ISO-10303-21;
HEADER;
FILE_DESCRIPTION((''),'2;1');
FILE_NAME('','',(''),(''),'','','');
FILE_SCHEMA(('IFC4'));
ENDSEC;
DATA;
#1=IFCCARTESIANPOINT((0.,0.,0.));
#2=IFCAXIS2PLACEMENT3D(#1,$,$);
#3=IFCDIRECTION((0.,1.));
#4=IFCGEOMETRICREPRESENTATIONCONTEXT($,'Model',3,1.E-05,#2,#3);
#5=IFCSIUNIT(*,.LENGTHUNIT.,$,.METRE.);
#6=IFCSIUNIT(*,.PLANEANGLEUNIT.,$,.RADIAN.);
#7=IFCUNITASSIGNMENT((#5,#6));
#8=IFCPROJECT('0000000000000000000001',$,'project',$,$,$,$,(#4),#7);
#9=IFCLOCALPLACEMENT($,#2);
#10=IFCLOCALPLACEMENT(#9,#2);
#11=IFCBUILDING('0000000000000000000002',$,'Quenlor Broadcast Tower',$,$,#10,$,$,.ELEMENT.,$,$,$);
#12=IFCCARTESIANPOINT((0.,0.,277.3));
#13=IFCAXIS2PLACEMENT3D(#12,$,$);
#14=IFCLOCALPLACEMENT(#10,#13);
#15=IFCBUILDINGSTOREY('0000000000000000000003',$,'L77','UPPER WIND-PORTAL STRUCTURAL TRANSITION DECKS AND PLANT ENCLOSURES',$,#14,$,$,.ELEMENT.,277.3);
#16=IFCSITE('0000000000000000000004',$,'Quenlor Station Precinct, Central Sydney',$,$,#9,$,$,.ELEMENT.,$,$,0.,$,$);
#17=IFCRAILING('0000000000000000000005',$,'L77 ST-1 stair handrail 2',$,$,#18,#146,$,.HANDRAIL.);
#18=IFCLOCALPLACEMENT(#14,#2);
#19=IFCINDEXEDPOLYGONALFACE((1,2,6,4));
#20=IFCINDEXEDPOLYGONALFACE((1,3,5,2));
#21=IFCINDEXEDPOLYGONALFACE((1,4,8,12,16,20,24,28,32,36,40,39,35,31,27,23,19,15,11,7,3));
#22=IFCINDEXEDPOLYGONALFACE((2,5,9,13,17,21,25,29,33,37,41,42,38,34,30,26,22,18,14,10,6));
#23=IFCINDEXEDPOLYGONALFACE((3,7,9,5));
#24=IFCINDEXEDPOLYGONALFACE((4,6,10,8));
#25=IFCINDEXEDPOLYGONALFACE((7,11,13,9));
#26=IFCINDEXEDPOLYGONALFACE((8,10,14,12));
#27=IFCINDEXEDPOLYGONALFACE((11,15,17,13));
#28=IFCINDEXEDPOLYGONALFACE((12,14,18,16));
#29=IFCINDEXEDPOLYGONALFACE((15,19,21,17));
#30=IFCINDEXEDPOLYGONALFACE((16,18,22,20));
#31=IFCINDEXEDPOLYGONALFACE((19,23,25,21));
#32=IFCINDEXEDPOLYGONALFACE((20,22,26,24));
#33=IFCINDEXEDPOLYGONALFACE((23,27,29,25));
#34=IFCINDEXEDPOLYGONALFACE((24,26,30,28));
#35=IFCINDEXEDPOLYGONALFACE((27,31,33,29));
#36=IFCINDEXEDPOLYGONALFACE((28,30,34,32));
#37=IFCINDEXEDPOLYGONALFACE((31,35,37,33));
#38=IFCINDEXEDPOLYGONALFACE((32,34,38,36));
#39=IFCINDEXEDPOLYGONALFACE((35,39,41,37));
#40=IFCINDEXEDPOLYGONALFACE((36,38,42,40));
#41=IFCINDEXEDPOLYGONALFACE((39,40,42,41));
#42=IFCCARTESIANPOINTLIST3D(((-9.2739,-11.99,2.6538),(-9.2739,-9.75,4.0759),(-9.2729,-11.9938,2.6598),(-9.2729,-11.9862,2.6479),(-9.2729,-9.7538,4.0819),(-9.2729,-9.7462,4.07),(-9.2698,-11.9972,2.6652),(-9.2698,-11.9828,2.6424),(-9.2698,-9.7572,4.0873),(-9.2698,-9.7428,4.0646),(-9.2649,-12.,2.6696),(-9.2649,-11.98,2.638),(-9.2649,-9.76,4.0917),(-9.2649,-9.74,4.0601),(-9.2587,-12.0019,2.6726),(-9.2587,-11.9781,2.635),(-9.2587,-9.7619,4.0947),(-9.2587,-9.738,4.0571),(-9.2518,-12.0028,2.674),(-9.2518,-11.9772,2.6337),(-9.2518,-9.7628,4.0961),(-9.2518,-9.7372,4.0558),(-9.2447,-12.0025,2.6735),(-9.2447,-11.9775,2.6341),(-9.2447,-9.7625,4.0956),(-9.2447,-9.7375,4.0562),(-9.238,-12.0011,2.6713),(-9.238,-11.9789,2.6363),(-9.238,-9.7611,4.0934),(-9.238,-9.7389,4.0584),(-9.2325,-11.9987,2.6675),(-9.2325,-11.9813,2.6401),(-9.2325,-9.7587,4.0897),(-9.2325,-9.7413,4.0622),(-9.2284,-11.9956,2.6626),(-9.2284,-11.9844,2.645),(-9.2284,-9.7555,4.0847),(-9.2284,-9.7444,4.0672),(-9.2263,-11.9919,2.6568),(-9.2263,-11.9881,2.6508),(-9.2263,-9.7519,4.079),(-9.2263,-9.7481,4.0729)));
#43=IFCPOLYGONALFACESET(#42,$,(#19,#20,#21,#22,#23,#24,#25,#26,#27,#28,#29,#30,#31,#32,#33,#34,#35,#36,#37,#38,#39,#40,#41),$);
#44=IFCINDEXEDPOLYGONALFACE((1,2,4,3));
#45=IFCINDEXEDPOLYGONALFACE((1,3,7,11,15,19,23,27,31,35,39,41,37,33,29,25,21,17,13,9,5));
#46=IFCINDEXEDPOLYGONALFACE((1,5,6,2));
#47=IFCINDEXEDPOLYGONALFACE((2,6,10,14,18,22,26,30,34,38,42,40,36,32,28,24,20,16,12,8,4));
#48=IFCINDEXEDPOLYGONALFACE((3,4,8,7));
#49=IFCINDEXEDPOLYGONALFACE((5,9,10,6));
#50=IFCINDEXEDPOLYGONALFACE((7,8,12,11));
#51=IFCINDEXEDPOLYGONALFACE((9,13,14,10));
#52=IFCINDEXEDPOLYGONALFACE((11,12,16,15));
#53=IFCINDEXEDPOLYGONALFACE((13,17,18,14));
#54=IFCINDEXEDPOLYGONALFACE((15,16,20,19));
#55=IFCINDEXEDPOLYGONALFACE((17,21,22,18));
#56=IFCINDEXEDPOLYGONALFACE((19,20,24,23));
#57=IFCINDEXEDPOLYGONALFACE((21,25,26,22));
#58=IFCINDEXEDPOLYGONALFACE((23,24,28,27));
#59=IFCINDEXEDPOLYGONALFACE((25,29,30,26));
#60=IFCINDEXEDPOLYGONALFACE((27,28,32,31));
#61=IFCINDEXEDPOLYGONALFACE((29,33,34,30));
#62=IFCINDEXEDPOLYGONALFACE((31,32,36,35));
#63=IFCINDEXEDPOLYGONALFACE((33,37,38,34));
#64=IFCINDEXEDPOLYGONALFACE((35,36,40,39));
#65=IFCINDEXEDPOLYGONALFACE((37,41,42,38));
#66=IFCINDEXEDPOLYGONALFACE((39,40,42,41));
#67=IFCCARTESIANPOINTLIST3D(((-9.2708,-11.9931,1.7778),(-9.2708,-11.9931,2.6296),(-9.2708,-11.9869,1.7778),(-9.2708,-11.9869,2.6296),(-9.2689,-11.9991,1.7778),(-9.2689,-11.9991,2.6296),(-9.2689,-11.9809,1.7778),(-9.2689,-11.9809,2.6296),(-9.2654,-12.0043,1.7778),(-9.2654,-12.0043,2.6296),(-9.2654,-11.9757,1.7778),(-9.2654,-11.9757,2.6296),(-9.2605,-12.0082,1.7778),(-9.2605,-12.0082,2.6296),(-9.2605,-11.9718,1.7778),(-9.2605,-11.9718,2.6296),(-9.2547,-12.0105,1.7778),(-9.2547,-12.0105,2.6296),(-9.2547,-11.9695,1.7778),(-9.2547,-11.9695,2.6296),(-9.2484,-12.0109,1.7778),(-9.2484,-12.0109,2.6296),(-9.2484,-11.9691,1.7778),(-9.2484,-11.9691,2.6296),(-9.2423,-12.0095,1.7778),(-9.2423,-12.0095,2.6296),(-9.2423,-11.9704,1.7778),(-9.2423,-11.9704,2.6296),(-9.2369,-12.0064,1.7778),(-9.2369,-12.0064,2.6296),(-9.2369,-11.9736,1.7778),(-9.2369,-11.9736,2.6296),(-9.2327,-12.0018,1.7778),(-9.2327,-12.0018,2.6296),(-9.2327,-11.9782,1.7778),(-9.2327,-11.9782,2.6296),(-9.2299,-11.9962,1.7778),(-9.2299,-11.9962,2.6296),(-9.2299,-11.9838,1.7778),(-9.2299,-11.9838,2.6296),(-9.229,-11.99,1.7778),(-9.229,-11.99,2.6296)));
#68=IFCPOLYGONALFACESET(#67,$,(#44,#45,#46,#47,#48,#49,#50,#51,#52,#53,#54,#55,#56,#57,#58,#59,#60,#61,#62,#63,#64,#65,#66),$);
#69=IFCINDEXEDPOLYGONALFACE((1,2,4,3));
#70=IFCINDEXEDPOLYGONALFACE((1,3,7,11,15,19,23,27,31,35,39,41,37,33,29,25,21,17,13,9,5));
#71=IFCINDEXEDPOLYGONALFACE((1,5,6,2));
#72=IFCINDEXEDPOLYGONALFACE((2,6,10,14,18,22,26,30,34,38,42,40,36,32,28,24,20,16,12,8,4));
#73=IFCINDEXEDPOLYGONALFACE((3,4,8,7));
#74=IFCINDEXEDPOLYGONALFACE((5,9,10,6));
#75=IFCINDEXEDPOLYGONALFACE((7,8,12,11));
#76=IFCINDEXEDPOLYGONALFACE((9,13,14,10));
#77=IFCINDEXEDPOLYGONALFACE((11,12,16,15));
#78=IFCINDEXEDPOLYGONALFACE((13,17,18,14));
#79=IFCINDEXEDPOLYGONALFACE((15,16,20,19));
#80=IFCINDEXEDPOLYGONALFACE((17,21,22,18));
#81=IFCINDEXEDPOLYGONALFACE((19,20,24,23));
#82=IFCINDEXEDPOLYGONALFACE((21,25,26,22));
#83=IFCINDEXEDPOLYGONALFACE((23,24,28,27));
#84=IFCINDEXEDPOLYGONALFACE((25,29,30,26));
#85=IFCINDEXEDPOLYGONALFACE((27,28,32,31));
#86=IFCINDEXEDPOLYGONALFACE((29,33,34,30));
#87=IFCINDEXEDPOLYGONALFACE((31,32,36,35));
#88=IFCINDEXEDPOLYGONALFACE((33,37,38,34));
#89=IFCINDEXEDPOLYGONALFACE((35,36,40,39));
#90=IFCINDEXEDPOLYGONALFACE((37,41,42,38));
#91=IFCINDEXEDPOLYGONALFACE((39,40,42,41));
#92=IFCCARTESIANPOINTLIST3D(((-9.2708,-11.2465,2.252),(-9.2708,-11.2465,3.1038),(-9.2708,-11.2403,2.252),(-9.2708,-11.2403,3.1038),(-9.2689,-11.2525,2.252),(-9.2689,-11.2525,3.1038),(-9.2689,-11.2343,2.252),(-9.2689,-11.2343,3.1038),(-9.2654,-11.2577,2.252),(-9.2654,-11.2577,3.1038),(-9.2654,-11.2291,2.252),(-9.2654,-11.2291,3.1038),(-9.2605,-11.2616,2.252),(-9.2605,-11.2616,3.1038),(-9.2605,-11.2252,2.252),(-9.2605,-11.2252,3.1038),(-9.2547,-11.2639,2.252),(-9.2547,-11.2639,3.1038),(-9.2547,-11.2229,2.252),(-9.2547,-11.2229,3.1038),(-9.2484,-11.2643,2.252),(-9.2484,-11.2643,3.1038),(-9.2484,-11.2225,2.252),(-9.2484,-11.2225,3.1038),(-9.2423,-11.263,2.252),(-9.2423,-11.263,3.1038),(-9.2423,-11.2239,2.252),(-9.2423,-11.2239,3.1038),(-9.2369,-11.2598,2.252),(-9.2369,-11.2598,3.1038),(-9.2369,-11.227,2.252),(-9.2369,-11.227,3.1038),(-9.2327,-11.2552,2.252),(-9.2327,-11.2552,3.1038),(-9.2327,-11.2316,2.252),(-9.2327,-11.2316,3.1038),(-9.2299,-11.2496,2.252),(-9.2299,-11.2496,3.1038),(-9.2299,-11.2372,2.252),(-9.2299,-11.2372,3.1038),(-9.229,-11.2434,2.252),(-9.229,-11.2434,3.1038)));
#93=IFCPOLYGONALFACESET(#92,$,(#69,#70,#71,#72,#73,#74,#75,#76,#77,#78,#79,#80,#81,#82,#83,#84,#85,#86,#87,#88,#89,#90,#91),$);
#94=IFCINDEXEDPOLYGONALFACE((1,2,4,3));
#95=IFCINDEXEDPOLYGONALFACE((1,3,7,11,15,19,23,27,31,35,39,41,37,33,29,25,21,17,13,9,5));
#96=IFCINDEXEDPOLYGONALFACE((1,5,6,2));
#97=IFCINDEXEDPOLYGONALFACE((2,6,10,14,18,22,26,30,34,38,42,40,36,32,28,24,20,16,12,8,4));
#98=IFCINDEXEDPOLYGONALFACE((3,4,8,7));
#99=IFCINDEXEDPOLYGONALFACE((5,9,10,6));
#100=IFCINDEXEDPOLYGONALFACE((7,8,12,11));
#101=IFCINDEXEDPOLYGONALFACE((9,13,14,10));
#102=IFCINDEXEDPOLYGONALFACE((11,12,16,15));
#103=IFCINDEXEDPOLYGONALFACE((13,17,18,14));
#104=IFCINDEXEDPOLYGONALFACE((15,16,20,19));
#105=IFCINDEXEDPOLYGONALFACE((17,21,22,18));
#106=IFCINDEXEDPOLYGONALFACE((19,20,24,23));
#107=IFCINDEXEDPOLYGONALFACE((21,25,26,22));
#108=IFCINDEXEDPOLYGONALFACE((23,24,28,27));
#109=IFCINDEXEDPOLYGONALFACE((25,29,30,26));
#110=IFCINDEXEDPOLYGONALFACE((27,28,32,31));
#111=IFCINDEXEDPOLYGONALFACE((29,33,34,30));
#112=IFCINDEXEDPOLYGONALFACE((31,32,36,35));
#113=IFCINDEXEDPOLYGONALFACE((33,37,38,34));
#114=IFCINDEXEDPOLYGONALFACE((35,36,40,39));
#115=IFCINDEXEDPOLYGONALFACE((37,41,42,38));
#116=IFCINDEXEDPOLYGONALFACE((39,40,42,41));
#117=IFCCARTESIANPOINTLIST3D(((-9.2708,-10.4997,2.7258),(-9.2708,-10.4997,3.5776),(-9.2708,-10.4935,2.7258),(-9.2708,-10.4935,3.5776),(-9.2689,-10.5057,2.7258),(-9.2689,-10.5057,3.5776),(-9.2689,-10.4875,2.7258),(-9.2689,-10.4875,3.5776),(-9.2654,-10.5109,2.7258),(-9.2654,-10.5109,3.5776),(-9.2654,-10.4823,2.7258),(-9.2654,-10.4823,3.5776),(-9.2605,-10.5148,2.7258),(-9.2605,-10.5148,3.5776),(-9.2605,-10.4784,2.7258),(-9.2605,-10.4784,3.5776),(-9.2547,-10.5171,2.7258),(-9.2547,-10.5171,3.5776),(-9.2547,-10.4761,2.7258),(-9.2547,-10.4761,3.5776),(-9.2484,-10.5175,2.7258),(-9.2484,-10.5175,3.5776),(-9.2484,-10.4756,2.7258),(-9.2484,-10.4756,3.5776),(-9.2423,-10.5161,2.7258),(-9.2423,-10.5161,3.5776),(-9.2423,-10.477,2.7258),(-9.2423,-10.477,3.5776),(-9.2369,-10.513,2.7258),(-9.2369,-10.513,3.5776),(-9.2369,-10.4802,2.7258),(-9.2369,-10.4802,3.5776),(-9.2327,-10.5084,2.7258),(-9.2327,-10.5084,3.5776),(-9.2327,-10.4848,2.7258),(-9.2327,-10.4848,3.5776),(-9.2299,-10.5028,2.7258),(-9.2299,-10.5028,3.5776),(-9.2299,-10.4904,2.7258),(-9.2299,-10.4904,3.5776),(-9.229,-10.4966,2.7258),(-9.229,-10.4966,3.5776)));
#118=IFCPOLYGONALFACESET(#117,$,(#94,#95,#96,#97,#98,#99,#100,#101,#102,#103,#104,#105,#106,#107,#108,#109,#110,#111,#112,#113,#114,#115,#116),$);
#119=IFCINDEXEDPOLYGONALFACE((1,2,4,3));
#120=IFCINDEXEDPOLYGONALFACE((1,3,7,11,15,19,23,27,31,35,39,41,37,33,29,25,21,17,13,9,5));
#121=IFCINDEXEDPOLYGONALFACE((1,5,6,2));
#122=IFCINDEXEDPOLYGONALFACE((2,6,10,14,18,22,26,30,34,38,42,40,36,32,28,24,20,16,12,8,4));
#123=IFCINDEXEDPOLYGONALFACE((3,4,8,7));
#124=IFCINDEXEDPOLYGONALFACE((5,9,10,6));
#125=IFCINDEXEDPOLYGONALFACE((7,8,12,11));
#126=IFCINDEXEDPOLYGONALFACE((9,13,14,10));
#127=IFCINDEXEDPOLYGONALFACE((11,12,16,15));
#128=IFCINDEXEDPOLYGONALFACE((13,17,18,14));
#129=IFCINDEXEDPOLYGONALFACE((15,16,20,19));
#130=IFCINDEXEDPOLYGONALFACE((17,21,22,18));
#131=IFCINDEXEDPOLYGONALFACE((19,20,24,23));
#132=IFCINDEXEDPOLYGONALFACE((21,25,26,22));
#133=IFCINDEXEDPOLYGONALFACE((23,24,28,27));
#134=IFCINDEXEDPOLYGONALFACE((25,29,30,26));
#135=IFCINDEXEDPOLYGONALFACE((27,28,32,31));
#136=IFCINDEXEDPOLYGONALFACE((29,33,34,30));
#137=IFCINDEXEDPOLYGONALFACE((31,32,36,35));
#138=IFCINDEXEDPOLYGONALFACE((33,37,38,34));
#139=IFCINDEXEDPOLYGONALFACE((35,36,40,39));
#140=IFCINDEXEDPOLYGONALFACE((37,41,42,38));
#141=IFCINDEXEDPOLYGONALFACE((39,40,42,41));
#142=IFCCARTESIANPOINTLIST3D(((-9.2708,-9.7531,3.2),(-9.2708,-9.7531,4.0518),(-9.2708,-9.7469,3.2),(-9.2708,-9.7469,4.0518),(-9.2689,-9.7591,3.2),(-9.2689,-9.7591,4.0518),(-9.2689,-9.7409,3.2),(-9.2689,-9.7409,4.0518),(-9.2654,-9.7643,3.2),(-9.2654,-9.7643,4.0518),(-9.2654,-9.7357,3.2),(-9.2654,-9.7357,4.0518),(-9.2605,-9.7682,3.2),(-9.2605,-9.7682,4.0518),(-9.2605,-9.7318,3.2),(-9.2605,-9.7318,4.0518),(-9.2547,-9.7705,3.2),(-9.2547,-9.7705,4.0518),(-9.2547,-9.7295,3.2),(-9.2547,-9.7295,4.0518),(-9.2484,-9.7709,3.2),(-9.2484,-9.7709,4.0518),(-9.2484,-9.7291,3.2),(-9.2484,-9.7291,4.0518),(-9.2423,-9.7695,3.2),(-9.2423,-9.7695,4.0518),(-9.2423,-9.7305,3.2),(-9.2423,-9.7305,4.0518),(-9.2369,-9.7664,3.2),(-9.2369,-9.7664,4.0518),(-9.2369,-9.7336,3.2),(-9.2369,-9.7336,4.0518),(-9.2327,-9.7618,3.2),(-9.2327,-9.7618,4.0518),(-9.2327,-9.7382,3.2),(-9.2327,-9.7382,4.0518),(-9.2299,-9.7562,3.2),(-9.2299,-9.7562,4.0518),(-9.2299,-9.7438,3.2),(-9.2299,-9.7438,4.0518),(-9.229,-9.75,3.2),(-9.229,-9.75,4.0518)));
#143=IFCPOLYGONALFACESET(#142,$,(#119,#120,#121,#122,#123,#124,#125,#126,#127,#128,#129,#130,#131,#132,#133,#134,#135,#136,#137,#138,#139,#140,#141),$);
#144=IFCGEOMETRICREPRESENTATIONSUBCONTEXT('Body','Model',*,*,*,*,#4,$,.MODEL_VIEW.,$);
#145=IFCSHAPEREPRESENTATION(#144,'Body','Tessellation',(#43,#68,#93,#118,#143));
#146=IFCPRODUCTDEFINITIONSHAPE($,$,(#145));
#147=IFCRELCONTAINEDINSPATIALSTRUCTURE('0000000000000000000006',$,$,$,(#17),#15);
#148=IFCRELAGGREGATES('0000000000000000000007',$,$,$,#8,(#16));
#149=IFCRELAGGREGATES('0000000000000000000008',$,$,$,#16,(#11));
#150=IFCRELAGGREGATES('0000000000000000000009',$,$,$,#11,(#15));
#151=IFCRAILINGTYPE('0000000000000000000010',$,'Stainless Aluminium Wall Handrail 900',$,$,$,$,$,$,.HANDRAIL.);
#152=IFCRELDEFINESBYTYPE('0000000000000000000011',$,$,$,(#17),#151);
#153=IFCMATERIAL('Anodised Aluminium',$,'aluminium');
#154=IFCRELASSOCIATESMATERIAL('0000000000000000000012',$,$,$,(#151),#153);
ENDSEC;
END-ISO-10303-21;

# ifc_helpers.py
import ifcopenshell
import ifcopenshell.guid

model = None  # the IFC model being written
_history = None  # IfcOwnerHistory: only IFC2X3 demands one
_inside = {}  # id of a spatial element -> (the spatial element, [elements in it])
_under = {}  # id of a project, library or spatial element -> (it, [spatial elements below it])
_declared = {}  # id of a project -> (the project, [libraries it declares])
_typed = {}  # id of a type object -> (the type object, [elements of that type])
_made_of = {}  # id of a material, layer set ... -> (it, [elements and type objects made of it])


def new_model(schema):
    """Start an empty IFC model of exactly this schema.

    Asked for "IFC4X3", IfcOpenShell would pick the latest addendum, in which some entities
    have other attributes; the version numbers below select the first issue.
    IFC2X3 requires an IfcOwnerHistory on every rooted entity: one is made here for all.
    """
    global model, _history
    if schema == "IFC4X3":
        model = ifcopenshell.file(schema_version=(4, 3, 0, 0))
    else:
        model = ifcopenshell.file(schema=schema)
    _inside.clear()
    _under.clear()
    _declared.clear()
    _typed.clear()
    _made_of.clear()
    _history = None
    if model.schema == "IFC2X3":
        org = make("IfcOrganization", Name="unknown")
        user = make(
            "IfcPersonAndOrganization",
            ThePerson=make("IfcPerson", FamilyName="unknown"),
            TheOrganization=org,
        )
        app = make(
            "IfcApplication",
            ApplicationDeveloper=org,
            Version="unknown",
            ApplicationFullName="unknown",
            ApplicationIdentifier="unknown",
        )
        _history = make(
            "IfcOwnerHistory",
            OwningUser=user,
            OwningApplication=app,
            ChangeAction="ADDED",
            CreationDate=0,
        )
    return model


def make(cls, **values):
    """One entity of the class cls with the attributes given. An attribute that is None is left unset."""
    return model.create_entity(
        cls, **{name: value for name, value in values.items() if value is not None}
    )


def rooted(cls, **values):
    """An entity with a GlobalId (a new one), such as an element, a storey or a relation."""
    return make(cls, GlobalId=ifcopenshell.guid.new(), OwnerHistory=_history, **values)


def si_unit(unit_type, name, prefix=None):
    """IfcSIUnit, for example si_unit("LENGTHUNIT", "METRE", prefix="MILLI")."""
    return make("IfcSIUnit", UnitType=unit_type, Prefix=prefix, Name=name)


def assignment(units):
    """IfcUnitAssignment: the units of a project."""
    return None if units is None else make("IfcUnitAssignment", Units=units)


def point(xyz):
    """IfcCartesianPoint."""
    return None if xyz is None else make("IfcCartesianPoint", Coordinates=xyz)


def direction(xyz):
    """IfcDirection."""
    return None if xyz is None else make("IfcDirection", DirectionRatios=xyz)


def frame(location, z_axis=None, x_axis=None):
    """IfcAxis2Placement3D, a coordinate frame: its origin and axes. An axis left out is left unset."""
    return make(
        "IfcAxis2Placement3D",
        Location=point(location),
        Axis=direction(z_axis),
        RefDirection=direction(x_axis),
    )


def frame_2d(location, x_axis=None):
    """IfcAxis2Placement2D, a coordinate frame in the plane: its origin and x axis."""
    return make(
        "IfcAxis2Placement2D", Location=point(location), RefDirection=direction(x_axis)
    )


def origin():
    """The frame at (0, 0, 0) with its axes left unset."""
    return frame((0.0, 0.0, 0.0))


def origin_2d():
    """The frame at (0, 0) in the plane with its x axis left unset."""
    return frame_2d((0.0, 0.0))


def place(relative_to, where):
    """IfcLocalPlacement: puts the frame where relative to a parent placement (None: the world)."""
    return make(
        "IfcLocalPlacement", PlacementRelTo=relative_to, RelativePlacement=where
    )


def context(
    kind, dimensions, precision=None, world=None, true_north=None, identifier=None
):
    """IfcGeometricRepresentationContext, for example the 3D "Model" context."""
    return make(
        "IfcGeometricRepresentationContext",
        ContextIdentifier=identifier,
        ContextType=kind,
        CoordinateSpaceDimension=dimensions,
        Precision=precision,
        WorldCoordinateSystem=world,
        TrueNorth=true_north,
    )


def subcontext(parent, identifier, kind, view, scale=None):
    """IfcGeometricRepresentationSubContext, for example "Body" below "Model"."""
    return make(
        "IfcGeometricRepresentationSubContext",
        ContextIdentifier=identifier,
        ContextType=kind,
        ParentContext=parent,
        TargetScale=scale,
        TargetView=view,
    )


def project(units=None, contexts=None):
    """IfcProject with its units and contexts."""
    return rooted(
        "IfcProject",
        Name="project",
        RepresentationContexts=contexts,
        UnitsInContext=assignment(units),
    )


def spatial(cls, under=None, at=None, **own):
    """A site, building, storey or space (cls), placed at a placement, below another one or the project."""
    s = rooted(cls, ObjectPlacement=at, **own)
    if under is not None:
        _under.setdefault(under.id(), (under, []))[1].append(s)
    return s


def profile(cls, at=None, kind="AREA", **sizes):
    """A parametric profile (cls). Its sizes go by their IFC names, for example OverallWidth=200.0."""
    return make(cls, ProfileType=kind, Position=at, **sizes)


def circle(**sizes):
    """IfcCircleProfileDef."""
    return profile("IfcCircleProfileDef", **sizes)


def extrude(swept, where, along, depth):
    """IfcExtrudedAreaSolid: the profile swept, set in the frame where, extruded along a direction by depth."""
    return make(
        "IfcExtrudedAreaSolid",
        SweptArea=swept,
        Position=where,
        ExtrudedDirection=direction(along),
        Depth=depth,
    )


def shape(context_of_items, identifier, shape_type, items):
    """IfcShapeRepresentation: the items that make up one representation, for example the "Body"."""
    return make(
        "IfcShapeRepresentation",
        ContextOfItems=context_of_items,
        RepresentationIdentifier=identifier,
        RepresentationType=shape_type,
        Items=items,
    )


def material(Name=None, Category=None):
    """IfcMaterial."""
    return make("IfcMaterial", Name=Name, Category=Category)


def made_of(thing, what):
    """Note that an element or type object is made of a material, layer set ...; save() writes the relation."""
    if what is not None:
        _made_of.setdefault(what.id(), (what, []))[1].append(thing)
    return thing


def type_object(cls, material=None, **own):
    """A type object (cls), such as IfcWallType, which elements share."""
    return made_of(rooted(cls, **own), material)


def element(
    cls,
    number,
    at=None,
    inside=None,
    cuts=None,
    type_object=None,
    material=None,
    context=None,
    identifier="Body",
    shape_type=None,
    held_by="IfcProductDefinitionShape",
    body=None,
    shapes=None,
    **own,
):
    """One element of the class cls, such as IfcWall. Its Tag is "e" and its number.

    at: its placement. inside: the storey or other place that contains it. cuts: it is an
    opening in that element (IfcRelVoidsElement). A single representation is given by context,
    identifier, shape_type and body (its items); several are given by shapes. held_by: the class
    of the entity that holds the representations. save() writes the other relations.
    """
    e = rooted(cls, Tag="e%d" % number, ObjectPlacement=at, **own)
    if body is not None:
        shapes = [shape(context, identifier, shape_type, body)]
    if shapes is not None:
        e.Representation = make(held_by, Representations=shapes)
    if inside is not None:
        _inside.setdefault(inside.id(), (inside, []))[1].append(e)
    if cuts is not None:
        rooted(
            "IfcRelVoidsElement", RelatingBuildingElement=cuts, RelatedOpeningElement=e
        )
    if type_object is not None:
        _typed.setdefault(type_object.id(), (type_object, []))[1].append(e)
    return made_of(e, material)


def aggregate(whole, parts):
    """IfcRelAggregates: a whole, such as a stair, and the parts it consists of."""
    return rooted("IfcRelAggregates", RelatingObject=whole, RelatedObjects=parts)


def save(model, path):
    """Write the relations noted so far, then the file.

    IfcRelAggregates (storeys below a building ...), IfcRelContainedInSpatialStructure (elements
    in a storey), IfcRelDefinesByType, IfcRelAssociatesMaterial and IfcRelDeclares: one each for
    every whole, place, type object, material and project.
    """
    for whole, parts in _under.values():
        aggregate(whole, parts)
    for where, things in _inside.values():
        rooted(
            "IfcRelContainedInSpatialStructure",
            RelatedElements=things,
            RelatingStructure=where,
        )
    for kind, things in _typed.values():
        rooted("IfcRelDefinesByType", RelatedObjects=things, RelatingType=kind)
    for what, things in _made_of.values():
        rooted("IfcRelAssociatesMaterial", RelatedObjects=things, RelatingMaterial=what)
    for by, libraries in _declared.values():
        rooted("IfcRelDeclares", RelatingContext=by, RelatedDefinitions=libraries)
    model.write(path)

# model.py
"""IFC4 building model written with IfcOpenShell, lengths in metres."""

from ifc_helpers import new_model, si_unit, direction, frame, origin, origin_2d, place, context, subcontext, project, spatial, circle, extrude, material, type_object, element, save


model = new_model("IFC4")

# Units and contexts
model_context = context("Model", 3, precision=1e-05, world=origin(), true_north=direction((0.0, 1.0)))
body_context = subcontext(model_context, "Body", "Model", "MODEL_VIEW")
ifc_project = project(units=[si_unit("LENGTHUNIT", "METRE"), si_unit("PLANEANGLEUNIT", "RADIAN")], contexts=[model_context])

# Site, building, storey
site_placement = place(None, origin())
site = spatial("IfcSite", under=ifc_project, at=site_placement, Name="Quenlor Station Precinct, Central Sydney", CompositionType="ELEMENT", RefElevation=0.0)
building_placement = place(site_placement, origin())
building = spatial("IfcBuilding", under=site, at=building_placement, Name="Quenlor Broadcast Tower", CompositionType="ELEMENT")
storey_placement = place(building_placement, frame((0.0, 0.0, 277.3)))
storey = spatial("IfcBuildingStorey", under=building, at=storey_placement, Name="L77", Description="UPPER WIND-PORTAL STRUCTURAL TRANSITION DECKS AND PLANT ENCLOSURES", CompositionType="ELEMENT", Elevation=277.3)

# Railing
ifc_material_1 = material(Name="Anodised Aluminium", Category="aluminium")
railing_type_1 = type_object("IfcRailingType", Name="Stainless Aluminium Wall Handrail 900", PredefinedType="HANDRAIL", material=ifc_material_1)
railing_1_placement = place(storey_placement, frame((-9.25, -11.99, 1.7778)))
element("IfcRailing", 1, at=railing_1_placement, inside=storey, type_object=railing_type_1, Name="L77 ST-1 stair handrail 2", PredefinedType="HANDRAIL", context=body_context, shape_type="SweptSolid", body=[
    extrude(circle(Radius=0.0239, at=origin_2d()), frame((0.0, 0.0, 0.876), z_axis=(0.0, 0.844229, 0.535982), x_axis=(-1.0, 0.0, 0.0)), (0.0, 0.0, 1.0), 2.6533),
    extrude(circle(Radius=0.021, at=origin_2d()), origin(), (0.0, 0.0, 1.0), 0.8518),
    extrude(circle(Radius=0.021, at=origin_2d()), frame((0.0, 0.7466, 0.4741)), (0.0, 0.0, 1.0), 0.8518),
    extrude(circle(Radius=0.021, at=origin_2d()), frame((0.0, 1.4934, 0.948)), (0.0, 0.0, 1.0), 0.8518),
    extrude(circle(Radius=0.021, at=origin_2d()), frame((0.0, 2.24, 1.4221)), (0.0, 0.0, 1.0), 0.8518),
])

save(model, "model.ifc")
